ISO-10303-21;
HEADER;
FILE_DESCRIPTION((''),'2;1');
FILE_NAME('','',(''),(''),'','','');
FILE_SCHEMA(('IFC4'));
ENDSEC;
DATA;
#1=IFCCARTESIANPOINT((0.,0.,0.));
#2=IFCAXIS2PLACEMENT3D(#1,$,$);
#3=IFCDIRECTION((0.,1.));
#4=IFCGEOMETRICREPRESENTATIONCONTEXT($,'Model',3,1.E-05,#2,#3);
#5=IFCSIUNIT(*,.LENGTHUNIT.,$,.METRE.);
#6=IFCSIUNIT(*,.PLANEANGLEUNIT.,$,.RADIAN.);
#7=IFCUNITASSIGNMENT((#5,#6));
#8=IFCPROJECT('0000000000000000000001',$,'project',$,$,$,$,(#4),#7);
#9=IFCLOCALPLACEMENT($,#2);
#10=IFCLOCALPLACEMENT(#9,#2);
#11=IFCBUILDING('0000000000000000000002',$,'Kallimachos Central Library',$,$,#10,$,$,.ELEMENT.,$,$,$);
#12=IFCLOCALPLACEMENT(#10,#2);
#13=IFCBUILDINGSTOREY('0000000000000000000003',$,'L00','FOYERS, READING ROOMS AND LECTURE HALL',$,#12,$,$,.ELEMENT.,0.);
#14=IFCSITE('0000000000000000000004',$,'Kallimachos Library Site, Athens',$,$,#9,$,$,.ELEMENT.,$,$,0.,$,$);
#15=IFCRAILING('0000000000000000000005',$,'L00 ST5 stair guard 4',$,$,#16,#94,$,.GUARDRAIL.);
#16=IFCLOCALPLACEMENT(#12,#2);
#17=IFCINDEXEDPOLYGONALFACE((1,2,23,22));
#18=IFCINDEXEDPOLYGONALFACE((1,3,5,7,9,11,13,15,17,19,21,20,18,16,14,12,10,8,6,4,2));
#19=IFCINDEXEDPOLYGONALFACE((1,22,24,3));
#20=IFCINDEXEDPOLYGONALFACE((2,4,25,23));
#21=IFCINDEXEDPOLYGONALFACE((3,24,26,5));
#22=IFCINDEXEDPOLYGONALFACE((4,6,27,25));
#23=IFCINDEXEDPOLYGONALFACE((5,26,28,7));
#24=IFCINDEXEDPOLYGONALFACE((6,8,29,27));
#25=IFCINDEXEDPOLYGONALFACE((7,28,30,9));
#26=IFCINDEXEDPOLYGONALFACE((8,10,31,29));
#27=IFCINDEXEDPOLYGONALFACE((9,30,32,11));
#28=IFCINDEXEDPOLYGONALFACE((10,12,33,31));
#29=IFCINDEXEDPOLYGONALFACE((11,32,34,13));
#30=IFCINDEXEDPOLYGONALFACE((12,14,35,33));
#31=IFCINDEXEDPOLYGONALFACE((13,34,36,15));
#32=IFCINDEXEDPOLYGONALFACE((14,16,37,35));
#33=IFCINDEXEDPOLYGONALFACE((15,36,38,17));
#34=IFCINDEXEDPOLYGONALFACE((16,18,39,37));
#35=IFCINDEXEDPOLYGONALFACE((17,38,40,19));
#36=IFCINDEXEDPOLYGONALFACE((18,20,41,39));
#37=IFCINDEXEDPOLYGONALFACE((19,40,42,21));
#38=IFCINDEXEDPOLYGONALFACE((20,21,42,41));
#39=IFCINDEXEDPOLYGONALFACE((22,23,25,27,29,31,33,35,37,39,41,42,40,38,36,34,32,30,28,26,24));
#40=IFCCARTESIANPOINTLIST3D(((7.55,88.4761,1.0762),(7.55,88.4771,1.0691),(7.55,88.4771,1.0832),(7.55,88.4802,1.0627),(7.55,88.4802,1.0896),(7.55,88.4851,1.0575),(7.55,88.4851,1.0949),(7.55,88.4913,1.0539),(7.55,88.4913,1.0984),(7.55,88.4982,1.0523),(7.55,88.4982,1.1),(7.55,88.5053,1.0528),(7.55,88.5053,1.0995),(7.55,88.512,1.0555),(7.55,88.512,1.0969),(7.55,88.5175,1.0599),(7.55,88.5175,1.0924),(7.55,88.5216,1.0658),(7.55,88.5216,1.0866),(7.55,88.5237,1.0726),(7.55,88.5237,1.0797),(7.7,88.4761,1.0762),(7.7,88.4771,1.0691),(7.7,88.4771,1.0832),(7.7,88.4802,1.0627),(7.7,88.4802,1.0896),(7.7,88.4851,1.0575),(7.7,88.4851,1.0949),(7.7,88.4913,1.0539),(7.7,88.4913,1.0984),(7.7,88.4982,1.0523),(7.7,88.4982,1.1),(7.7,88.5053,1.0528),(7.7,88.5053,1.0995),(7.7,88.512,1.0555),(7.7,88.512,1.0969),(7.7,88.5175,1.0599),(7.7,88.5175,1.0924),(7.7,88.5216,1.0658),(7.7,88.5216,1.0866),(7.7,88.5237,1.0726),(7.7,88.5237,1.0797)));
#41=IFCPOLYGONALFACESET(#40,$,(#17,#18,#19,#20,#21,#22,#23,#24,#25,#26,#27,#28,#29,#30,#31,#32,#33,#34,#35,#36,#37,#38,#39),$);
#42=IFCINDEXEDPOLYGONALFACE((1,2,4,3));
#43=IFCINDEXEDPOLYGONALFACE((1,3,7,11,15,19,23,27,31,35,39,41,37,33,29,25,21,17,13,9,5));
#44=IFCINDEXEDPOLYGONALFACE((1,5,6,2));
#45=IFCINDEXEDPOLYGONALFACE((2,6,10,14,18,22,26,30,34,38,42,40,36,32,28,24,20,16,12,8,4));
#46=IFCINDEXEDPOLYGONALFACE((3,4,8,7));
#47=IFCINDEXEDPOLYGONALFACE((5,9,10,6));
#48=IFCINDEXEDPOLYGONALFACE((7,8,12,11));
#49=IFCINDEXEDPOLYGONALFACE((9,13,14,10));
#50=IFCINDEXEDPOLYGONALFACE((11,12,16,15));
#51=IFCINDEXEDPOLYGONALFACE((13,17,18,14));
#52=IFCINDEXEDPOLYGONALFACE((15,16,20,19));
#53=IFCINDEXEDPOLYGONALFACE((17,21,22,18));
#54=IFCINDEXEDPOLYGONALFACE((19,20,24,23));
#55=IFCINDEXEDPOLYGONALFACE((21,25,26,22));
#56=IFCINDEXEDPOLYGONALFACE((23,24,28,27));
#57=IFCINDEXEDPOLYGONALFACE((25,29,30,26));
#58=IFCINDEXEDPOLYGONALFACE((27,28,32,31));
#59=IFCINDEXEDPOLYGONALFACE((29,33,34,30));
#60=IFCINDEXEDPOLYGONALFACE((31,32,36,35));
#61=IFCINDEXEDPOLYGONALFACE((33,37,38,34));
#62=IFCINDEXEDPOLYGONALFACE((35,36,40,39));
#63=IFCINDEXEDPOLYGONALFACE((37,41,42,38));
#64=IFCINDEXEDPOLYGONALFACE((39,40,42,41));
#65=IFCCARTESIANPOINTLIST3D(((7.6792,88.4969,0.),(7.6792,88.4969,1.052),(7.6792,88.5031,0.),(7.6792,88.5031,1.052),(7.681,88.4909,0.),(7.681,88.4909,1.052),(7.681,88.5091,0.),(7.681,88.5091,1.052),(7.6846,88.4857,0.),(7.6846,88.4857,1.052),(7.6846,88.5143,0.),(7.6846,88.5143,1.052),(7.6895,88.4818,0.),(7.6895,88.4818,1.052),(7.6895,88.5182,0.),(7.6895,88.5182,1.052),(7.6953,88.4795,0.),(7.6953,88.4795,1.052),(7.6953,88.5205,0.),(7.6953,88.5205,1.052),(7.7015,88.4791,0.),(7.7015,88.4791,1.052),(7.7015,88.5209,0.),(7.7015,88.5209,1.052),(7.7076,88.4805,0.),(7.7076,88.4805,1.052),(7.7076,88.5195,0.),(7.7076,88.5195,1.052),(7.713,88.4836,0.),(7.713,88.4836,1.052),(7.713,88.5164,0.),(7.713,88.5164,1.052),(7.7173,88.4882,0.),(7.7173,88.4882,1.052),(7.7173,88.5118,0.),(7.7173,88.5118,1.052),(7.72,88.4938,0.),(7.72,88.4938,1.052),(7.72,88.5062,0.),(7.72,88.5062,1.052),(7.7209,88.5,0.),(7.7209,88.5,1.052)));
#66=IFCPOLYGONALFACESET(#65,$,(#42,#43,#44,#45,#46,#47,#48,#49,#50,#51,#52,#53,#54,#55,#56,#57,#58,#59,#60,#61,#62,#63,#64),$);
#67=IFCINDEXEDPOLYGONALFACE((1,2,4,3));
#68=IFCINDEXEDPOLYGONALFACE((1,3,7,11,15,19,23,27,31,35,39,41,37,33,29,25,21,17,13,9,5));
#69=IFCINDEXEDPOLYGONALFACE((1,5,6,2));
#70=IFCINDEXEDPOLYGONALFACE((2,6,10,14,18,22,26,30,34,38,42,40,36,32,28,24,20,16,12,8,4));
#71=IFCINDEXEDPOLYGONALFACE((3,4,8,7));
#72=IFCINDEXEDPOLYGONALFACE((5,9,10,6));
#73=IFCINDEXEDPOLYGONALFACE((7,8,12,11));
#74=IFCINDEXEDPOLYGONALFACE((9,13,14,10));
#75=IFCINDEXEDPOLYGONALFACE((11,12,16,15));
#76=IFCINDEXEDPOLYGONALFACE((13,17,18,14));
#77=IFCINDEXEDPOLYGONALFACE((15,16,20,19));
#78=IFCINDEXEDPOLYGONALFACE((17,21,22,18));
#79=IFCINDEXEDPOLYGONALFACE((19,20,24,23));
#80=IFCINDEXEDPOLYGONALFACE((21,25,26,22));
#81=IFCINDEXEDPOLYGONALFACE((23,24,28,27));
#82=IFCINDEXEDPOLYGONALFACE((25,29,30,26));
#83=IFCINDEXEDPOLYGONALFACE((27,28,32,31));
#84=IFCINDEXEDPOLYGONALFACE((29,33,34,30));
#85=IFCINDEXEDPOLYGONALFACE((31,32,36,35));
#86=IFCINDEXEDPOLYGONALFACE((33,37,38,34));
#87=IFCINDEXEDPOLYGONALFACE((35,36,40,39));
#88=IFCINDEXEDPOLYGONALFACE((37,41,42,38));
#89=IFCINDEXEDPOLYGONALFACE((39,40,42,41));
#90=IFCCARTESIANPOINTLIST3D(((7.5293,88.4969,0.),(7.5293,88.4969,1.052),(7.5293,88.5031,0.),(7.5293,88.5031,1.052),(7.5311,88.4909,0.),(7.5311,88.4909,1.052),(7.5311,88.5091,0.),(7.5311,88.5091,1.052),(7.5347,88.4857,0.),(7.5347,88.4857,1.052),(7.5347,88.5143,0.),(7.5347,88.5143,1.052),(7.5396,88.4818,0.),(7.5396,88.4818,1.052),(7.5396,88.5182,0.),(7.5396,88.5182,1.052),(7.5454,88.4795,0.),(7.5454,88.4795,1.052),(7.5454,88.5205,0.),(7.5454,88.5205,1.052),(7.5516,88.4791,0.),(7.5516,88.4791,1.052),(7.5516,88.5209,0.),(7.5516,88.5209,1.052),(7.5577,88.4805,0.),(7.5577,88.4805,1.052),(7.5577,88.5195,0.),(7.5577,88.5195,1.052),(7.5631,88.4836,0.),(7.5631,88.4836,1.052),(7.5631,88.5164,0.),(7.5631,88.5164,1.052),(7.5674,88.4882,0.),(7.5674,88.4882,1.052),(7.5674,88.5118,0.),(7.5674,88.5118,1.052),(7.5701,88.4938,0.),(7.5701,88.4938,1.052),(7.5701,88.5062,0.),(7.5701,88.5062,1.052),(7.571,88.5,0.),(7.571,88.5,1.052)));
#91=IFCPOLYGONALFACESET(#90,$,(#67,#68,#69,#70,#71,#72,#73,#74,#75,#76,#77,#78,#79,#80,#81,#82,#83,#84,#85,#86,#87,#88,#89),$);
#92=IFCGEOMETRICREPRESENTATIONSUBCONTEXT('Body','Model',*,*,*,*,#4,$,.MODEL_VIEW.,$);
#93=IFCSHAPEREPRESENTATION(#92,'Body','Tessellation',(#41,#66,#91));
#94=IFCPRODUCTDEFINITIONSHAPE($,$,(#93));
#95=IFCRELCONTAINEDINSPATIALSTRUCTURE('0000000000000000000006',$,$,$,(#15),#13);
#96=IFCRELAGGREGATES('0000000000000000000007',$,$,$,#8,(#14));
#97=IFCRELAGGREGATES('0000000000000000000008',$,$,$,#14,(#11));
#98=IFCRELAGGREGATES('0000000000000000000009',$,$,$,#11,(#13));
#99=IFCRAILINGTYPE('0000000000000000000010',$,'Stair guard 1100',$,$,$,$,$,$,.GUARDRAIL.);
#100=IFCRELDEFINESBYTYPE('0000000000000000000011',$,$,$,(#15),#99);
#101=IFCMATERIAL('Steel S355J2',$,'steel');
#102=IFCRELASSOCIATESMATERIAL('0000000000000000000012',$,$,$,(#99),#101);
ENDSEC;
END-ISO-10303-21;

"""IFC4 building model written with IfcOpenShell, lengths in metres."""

from ifc_helpers import new_model, si_unit, direction, frame, origin, origin_2d, place, context, subcontext, project, spatial, circle, extrude, material, type_object, element, save


model = new_model("IFC4")

# Units and contexts
model_context = context("Model", 3, precision=1e-05, world=origin(), true_north=direction((0.0, 1.0)))
body_context = subcontext(model_context, "Body", "Model", "MODEL_VIEW")
ifc_project = project(units=[si_unit("LENGTHUNIT", "METRE"), si_unit("PLANEANGLEUNIT", "RADIAN")], contexts=[model_context])

# Site, building, storey
site_placement = place(None, origin())
site = spatial("IfcSite", under=ifc_project, at=site_placement, Name="Kallimachos Library Site, Athens", CompositionType="ELEMENT", RefElevation=0.0)
building_placement = place(site_placement, origin())
building = spatial("IfcBuilding", under=site, at=building_placement, Name="Kallimachos Central Library", CompositionType="ELEMENT")
storey_placement = place(building_placement, origin())
storey = spatial("IfcBuildingStorey", under=building, at=storey_placement, Name="L00", Description="FOYERS, READING ROOMS AND LECTURE HALL", CompositionType="ELEMENT", Elevation=0.0)

# Railing
ifc_material_1 = material(Name="Steel S355J2", Category="steel")
railing_type_1 = type_object("IfcRailingType", Name="Stair guard 1100", PredefinedType="GUARDRAIL", material=ifc_material_1)
railing_1_placement = place(storey_placement, frame((7.7, 88.5, 0.0)))
element("IfcRailing", 1, at=railing_1_placement, inside=storey, type_object=railing_type_1, Name="L00 ST5 stair guard 4", PredefinedType="GUARDRAIL", context=body_context, shape_type="SweptSolid", body=[
    extrude(circle(Radius=0.0239, at=origin_2d()), frame((0.0, 0.0, 1.0762), z_axis=(-1.0, 0.0, 0.0), x_axis=(0.0, -1.0, 0.0)), (0.0, 0.0, 1.0), 0.1499),
    extrude(circle(Radius=0.021, at=origin_2d()), origin(), (0.0, 0.0, 1.0), 1.052),
    extrude(circle(Radius=0.021, at=origin_2d()), frame((-0.1499, 0.0, 0.0)), (0.0, 0.0, 1.0), 1.052),
])

save(model, "model.ifc")
